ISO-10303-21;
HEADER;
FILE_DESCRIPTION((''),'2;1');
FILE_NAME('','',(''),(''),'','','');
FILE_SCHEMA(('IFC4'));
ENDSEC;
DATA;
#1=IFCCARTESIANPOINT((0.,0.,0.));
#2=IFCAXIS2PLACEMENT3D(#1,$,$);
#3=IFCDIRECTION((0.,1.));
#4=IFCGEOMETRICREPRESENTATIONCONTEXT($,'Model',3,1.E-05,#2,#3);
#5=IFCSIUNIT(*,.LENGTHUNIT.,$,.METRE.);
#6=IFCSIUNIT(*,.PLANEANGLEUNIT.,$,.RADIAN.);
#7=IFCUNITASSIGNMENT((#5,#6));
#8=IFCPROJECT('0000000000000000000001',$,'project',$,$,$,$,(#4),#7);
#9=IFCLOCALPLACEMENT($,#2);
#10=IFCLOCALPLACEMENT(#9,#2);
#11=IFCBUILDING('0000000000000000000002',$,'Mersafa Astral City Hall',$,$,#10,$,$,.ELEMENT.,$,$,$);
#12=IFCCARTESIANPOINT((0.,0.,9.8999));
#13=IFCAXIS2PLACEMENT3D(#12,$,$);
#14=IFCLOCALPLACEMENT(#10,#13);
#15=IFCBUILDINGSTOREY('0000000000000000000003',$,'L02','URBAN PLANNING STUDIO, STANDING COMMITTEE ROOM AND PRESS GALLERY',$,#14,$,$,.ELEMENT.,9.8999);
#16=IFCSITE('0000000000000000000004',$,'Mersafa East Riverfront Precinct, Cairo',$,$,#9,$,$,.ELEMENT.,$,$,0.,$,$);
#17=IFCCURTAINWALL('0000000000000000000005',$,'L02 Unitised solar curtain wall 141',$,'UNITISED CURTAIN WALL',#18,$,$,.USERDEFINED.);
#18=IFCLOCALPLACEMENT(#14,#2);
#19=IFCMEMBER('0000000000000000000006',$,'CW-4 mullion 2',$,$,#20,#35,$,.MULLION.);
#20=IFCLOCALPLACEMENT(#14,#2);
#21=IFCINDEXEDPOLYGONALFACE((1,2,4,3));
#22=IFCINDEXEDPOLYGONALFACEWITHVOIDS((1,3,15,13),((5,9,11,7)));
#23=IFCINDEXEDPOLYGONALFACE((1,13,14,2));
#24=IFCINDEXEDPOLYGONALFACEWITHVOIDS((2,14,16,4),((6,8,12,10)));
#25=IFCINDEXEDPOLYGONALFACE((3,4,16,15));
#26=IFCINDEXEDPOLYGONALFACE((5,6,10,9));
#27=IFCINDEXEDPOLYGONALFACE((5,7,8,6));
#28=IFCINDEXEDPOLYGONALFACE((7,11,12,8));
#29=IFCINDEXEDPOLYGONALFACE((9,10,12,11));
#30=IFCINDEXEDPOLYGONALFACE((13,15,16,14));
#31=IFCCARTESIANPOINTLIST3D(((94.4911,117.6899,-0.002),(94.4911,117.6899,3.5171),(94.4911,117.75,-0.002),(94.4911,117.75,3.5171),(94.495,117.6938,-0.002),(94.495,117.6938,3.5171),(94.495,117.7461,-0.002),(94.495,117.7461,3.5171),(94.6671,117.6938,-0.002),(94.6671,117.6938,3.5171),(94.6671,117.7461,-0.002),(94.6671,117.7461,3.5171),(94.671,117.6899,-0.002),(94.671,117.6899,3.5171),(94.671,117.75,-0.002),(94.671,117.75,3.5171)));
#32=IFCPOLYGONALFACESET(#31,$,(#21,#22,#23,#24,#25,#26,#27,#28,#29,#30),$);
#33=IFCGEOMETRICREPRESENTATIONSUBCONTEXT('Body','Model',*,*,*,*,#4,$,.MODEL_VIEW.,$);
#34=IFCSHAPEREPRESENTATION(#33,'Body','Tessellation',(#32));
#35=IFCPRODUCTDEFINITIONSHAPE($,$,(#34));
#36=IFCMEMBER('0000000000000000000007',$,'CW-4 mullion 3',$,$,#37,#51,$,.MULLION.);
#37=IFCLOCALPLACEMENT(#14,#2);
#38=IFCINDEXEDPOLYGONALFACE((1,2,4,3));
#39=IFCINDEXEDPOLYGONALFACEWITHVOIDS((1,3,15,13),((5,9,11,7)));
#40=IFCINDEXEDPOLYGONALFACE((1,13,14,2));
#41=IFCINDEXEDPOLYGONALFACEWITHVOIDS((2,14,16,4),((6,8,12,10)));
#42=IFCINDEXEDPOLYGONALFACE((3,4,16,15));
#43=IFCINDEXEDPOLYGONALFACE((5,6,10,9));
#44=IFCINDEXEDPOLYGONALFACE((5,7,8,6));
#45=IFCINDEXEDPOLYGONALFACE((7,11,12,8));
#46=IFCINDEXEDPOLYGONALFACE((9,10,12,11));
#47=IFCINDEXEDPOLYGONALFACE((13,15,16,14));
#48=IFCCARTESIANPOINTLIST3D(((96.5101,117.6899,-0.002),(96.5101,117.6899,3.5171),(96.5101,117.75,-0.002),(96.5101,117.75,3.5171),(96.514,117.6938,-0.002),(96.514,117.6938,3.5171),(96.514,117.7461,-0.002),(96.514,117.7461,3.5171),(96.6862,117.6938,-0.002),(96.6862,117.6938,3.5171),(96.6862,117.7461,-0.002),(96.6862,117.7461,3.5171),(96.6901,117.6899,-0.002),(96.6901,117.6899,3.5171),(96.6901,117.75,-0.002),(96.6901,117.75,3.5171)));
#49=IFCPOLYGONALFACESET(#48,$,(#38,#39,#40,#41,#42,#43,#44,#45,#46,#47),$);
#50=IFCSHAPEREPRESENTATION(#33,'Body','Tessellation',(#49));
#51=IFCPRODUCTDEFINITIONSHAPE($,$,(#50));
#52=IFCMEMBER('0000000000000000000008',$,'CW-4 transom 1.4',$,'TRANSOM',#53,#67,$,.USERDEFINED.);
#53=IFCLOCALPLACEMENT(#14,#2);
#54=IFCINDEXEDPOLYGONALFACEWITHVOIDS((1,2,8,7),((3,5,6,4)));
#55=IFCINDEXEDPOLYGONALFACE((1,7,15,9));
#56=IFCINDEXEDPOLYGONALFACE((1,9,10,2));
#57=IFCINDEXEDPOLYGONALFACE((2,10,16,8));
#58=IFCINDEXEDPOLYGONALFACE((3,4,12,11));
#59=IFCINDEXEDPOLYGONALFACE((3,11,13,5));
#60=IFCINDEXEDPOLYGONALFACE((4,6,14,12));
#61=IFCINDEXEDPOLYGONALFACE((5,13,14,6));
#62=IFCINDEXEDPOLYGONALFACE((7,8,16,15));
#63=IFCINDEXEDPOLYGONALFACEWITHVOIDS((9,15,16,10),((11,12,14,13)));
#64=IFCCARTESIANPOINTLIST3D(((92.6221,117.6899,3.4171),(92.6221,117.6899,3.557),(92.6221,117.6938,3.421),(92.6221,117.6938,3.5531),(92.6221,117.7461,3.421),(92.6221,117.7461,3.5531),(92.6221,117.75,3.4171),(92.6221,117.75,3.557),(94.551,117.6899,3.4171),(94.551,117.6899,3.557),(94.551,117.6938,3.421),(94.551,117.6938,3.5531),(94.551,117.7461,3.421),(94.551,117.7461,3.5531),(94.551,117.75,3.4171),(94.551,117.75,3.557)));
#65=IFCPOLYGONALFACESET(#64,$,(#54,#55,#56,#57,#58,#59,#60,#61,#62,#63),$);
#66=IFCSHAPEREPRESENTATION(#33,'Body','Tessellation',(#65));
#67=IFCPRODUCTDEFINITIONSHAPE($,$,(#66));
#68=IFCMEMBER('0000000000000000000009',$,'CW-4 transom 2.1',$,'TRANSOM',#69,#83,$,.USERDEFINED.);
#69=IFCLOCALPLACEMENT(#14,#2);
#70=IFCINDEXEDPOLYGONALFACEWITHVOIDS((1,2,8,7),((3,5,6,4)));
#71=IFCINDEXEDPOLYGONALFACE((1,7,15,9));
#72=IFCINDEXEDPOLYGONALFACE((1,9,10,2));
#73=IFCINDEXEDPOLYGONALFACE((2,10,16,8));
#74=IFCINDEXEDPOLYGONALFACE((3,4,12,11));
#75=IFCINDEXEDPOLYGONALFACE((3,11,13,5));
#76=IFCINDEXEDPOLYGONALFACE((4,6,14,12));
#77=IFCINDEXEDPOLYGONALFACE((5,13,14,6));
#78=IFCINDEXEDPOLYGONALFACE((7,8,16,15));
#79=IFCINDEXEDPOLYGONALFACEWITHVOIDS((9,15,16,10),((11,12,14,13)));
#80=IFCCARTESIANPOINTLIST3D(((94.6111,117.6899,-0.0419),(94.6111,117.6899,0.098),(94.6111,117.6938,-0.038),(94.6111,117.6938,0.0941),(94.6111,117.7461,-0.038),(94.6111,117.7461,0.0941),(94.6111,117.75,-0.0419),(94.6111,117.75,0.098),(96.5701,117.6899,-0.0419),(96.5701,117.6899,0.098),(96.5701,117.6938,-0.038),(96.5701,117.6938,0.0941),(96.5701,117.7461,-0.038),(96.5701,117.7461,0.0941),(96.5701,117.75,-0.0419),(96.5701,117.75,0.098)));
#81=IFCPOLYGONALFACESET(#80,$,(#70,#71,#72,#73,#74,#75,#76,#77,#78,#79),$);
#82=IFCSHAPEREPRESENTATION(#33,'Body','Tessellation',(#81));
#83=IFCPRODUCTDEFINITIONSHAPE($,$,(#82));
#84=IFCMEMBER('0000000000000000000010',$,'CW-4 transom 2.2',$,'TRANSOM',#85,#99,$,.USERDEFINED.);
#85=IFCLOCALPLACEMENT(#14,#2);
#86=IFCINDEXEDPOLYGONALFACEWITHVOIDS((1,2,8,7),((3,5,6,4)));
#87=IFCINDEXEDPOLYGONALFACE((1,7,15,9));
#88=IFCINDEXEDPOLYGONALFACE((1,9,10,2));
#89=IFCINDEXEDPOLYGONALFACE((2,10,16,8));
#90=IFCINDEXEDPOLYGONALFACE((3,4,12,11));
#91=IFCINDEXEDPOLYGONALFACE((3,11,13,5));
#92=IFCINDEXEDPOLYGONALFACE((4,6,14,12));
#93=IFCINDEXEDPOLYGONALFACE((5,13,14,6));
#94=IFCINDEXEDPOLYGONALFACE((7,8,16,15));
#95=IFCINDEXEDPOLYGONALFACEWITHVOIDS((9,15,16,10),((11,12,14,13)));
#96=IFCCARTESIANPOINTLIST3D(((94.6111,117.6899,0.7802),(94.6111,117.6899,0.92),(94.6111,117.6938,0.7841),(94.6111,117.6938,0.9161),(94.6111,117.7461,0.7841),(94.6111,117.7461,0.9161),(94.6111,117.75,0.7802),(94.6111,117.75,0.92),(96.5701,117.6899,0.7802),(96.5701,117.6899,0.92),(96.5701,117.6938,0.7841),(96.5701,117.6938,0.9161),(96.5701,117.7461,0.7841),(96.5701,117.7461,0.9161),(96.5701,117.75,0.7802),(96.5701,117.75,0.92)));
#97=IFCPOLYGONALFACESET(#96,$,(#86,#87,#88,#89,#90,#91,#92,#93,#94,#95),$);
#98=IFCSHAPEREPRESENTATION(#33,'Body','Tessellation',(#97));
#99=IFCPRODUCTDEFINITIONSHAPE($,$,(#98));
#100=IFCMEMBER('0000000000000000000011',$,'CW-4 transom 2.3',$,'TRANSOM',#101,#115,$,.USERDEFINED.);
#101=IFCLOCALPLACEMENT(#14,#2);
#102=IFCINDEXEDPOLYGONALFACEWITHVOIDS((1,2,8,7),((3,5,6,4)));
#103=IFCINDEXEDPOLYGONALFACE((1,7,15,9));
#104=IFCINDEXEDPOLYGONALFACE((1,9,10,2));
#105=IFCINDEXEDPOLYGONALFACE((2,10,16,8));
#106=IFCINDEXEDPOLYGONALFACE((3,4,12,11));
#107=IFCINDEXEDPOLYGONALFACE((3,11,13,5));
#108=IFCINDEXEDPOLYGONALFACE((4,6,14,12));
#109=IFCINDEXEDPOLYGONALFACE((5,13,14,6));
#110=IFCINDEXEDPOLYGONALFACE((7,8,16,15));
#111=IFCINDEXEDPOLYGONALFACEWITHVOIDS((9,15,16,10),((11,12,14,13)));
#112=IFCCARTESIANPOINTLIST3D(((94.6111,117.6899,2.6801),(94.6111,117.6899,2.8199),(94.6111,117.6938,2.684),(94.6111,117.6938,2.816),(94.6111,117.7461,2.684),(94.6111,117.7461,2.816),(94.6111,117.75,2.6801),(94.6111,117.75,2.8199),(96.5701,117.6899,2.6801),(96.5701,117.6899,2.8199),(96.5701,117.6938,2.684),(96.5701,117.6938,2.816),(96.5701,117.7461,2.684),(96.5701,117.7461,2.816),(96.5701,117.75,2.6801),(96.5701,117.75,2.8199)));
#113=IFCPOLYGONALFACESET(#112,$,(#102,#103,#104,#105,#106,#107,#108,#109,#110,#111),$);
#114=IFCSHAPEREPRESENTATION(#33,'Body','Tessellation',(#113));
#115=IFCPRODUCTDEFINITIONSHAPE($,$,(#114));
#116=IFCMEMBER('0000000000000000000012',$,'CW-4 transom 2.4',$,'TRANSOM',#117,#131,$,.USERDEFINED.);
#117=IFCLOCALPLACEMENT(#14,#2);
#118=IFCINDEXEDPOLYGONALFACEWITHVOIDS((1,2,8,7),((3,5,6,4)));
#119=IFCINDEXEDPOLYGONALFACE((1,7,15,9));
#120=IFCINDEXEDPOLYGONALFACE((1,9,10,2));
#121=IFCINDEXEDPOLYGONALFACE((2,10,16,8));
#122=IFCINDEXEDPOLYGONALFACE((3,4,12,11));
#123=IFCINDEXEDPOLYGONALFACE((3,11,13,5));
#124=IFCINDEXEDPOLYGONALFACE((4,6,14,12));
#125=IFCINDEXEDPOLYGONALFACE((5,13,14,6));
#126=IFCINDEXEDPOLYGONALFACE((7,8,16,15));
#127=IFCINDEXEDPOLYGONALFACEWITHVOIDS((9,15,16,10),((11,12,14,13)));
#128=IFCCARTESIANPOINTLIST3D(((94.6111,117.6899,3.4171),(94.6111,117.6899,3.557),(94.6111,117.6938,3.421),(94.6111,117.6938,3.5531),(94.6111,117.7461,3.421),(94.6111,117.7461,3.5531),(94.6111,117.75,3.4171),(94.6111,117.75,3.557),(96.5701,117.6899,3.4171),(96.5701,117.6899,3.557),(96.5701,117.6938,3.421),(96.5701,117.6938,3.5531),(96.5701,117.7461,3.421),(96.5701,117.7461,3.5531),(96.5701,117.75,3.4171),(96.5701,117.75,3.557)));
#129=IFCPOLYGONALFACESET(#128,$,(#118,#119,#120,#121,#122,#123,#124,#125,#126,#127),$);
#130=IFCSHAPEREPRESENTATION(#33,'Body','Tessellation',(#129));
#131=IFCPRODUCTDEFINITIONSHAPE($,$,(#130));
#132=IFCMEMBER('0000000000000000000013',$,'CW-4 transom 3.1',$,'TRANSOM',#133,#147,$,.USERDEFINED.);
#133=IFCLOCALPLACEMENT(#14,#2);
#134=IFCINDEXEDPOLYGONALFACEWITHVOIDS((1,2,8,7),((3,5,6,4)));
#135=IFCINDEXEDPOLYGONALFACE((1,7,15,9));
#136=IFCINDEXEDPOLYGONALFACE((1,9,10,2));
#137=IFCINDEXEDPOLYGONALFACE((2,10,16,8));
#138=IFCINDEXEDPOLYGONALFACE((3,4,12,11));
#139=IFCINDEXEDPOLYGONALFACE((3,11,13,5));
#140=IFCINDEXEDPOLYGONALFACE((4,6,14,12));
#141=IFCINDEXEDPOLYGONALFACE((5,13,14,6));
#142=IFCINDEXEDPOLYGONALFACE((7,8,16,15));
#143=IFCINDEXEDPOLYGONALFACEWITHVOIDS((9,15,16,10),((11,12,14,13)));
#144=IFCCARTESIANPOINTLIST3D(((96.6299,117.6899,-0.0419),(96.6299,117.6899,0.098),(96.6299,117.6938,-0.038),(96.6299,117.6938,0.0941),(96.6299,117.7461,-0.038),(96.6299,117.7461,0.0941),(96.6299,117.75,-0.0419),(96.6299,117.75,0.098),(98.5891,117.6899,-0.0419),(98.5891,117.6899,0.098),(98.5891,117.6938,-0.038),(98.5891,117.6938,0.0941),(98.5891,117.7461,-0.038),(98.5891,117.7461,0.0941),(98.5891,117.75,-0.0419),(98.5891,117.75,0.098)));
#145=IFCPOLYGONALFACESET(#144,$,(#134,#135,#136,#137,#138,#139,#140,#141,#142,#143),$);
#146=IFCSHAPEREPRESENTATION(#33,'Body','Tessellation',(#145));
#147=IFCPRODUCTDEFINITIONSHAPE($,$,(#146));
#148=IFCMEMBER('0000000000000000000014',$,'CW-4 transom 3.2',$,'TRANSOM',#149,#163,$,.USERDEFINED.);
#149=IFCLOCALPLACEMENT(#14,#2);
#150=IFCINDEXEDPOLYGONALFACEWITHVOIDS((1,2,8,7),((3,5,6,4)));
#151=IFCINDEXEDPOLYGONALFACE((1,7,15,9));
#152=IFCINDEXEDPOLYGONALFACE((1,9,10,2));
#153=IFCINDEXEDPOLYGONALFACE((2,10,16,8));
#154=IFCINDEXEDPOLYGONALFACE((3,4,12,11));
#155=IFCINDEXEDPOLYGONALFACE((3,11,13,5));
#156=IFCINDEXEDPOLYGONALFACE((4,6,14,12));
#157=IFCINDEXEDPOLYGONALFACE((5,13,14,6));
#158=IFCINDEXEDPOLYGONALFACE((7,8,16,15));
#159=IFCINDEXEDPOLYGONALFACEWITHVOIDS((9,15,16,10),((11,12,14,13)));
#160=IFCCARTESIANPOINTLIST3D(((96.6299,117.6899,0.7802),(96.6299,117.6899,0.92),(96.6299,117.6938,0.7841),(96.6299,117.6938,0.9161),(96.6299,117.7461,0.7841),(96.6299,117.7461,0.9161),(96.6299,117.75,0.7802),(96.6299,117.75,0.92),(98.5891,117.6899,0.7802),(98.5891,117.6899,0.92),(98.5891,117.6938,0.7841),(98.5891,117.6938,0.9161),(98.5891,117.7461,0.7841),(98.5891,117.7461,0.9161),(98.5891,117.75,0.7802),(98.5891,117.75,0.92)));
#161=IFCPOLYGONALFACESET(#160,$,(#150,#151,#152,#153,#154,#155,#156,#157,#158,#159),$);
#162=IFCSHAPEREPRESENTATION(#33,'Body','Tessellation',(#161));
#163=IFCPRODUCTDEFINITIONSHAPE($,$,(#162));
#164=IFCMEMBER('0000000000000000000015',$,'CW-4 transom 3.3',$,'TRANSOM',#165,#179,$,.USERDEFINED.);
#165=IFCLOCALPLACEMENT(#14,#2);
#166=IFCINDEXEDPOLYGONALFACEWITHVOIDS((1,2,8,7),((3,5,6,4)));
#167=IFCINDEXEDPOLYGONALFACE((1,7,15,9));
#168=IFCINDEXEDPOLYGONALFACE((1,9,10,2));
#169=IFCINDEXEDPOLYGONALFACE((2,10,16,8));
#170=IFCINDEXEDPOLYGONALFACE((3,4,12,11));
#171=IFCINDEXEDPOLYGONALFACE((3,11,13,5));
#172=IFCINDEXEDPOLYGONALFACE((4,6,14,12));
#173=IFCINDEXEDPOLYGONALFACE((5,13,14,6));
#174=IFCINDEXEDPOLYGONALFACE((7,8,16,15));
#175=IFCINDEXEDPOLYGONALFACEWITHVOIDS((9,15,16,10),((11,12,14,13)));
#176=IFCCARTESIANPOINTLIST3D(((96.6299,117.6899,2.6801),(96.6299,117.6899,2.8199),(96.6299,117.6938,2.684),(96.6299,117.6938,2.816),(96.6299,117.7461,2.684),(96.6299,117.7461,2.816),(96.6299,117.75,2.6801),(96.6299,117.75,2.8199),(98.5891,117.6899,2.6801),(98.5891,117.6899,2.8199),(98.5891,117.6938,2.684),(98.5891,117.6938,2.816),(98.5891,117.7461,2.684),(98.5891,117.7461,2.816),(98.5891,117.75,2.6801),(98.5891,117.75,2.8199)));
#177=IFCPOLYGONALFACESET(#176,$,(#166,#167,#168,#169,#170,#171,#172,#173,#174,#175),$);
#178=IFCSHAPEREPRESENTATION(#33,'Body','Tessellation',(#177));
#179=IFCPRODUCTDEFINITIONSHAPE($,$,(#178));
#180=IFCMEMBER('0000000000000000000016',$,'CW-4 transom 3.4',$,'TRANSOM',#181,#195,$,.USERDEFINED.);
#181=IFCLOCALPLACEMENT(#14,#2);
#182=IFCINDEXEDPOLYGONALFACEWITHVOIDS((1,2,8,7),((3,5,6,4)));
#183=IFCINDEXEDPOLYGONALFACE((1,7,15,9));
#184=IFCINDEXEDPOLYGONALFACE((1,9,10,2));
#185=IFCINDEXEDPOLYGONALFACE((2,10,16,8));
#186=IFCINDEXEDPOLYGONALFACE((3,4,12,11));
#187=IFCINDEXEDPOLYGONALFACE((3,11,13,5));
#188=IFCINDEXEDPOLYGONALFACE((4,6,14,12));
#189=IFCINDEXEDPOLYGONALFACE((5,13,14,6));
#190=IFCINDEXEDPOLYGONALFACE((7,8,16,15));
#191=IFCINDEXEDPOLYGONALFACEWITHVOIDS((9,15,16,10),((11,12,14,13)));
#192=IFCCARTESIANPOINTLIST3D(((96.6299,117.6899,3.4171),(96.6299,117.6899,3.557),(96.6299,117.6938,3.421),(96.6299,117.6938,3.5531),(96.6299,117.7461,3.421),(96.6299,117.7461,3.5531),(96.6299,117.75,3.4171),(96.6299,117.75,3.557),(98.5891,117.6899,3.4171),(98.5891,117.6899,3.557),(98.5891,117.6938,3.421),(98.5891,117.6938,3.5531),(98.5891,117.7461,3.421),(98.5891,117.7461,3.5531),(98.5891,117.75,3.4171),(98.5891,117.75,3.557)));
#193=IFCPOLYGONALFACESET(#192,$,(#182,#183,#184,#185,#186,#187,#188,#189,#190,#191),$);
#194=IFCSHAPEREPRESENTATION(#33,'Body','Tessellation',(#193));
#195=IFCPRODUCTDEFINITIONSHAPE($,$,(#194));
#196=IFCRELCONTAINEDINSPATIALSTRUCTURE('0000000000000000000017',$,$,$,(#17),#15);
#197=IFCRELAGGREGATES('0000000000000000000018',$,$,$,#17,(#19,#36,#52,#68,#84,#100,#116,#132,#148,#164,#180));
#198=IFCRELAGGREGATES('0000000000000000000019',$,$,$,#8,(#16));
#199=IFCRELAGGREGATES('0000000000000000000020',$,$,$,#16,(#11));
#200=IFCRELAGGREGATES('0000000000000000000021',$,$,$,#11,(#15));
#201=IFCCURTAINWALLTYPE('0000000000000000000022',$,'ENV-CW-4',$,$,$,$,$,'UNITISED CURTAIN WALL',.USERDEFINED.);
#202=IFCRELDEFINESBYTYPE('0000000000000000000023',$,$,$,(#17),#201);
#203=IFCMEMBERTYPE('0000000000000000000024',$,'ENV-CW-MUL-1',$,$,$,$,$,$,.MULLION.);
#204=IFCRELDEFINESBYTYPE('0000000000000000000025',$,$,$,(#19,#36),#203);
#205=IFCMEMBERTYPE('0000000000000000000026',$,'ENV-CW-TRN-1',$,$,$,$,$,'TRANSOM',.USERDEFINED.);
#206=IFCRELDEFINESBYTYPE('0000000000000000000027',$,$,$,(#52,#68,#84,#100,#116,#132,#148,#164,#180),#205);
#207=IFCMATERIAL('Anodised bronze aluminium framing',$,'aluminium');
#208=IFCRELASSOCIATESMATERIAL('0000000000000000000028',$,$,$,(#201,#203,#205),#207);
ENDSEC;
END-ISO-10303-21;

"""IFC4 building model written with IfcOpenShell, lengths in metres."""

from ifc_helpers import new_model, si_unit, direction, frame, origin, origin_2d, place, context, subcontext, project, spatial, hollow_rectangle, extrude, material, material_profile, profile_set, type_object, element, aggregate, save


model = new_model("IFC4")

# Units and contexts
model_context = context("Model", 3, precision=1e-05, world=origin(), true_north=direction((0.0, 1.0)))
body_context = subcontext(model_context, "Body", "Model", "MODEL_VIEW")
ifc_project = project(units=[si_unit("LENGTHUNIT", "METRE"), si_unit("PLANEANGLEUNIT", "RADIAN")], contexts=[model_context])

# Site, building, storey
site_placement = place(None, origin())
site = spatial("IfcSite", under=ifc_project, at=site_placement, Name="Mersafa East Riverfront Precinct, Cairo", CompositionType="ELEMENT", RefElevation=0.0)
building_placement = place(site_placement, origin())
building = spatial("IfcBuilding", under=site, at=building_placement, Name="Mersafa Astral City Hall", CompositionType="ELEMENT")
storey_placement = place(building_placement, frame((0.0, 0.0, 9.8999)))
storey = spatial("IfcBuildingStorey", under=building, at=storey_placement, Name="L02", Description="URBAN PLANNING STUDIO, STANDING COMMITTEE ROOM AND PRESS GALLERY", CompositionType="ELEMENT", Elevation=9.8999)

# Curtain wall, members
ifc_material_1 = material(Name="Anodised bronze aluminium framing", Category="aluminium")
curtain_wall_type = type_object("IfcCurtainWallType", Name="ENV-CW-4", ElementType="UNITISED CURTAIN WALL", PredefinedType="USERDEFINED", material=ifc_material_1)
curtain_wall_placement = place(storey_placement, origin())
curtain_wall = element("IfcCurtainWall", 1, at=curtain_wall_placement, inside=storey, type_object=curtain_wall_type, Name="L02 Unitised solar curtain wall 141", ObjectType="UNITISED CURTAIN WALL", PredefinedType="USERDEFINED")
ifc_material_profile_1 = material_profile(ifc_material_1, hollow_rectangle(XDim=0.0601, YDim=0.1799, WallThickness=0.0039, at=origin_2d()), Name="RHS 60x180x4")
ifc_profile_set_1 = profile_set([ifc_material_profile_1], Name="Anodised bronze aluminium framing")
member_type_1 = type_object("IfcMemberType", Name="ENV-CW-MUL-1", PredefinedType="MULLION", material=ifc_profile_set_1)
member_1_placement = place(storey_placement, frame((94.5811, 117.72, -0.002), z_axis=(0.0, 0.0, 1.0), x_axis=(0.0, 1.0, 0.0)))
member_1 = element("IfcMember", 2, at=member_1_placement, type_object=member_type_1, Name="CW-4 mullion 2", PredefinedType="MULLION", context=body_context, shape_type="SweptSolid", body=[
    extrude(hollow_rectangle(XDim=0.0601, YDim=0.1799, WallThickness=0.0039, at=origin_2d()), origin(), (0.0, 0.0, 1.0), 3.519),
])
member_2_placement = place(storey_placement, frame((96.6001, 117.72, -0.002), z_axis=(0.0, 0.0, 1.0), x_axis=(0.0, 1.0, 0.0)))
member_2 = element("IfcMember", 3, at=member_2_placement, type_object=member_type_1, Name="CW-4 mullion 3", PredefinedType="MULLION", context=body_context, shape_type="SweptSolid", body=[
    extrude(hollow_rectangle(XDim=0.0601, YDim=0.1799, WallThickness=0.0039, at=origin_2d()), origin(), (0.0, 0.0, 1.0), 3.519),
])
ifc_material_profile_2 = material_profile(ifc_material_1, hollow_rectangle(XDim=0.0601, YDim=0.1399, WallThickness=0.0039, at=origin_2d()), Name="RHS 60x140x4")
ifc_profile_set_2 = profile_set([ifc_material_profile_2], Name="Anodised bronze aluminium framing")
member_type_2 = type_object("IfcMemberType", Name="ENV-CW-TRN-1", ElementType="TRANSOM", PredefinedType="USERDEFINED", material=ifc_profile_set_2)
member_3_placement = place(storey_placement, frame((92.6221, 117.72, 3.4871), z_axis=(1.0, 0.0, 0.0), x_axis=(0.0, 1.0, 0.0)))
member_3 = element("IfcMember", 4, at=member_3_placement, type_object=member_type_2, Name="CW-4 transom 1.4", ObjectType="TRANSOM", PredefinedType="USERDEFINED", context=body_context, shape_type="SweptSolid", body=[
    extrude(hollow_rectangle(XDim=0.0601, YDim=0.1399, WallThickness=0.0039, at=origin_2d()), origin(), (0.0, 0.0, 1.0), 1.929),
])
member_4_placement = place(storey_placement, frame((94.6111, 117.72, 0.0281), z_axis=(1.0, 0.0, 0.0), x_axis=(0.0, 1.0, 0.0)))
member_4 = element("IfcMember", 5, at=member_4_placement, type_object=member_type_2, Name="CW-4 transom 2.1", ObjectType="TRANSOM", PredefinedType="USERDEFINED", context=body_context, shape_type="SweptSolid", body=[
    extrude(hollow_rectangle(XDim=0.0601, YDim=0.1399, WallThickness=0.0039, at=origin_2d()), origin(), (0.0, 0.0, 1.0), 1.959),
])
member_5_placement = place(storey_placement, frame((94.6111, 117.72, 0.8501), z_axis=(1.0, 0.0, 0.0), x_axis=(0.0, 1.0, 0.0)))
member_5 = element("IfcMember", 6, at=member_5_placement, type_object=member_type_2, Name="CW-4 transom 2.2", ObjectType="TRANSOM", PredefinedType="USERDEFINED", context=body_context, shape_type="SweptSolid", body=[
    extrude(hollow_rectangle(XDim=0.0601, YDim=0.1399, WallThickness=0.0039, at=origin_2d()), origin(), (0.0, 0.0, 1.0), 1.959),
])
member_6_placement = place(storey_placement, frame((94.6111, 117.72, 2.75), z_axis=(1.0, 0.0, 0.0), x_axis=(0.0, 1.0, 0.0)))
member_6 = element("IfcMember", 7, at=member_6_placement, type_object=member_type_2, Name="CW-4 transom 2.3", ObjectType="TRANSOM", PredefinedType="USERDEFINED", context=body_context, shape_type="SweptSolid", body=[
    extrude(hollow_rectangle(XDim=0.0601, YDim=0.1399, WallThickness=0.0039, at=origin_2d()), origin(), (0.0, 0.0, 1.0), 1.959),
])
member_7_placement = place(storey_placement, frame((94.6111, 117.72, 3.4871), z_axis=(1.0, 0.0, 0.0), x_axis=(0.0, 1.0, 0.0)))
member_7 = element("IfcMember", 8, at=member_7_placement, type_object=member_type_2, Name="CW-4 transom 2.4", ObjectType="TRANSOM", PredefinedType="USERDEFINED", context=body_context, shape_type="SweptSolid", body=[
    extrude(hollow_rectangle(XDim=0.0601, YDim=0.1399, WallThickness=0.0039, at=origin_2d()), origin(), (0.0, 0.0, 1.0), 1.959),
])
member_8_placement = place(storey_placement, frame((96.6299, 117.72, 0.0281), z_axis=(1.0, 0.0, 0.0), x_axis=(0.0, 1.0, 0.0)))
member_8 = element("IfcMember", 9, at=member_8_placement, type_object=member_type_2, Name="CW-4 transom 3.1", ObjectType="TRANSOM", PredefinedType="USERDEFINED", context=body_context, shape_type="SweptSolid", body=[
    extrude(hollow_rectangle(XDim=0.0601, YDim=0.1399, WallThickness=0.0039, at=origin_2d()), origin(), (0.0, 0.0, 1.0), 1.9592),
])
member_9_placement = place(storey_placement, frame((96.6299, 117.72, 0.8501), z_axis=(1.0, 0.0, 0.0), x_axis=(0.0, 1.0, 0.0)))
member_9 = element("IfcMember", 10, at=member_9_placement, type_object=member_type_2, Name="CW-4 transom 3.2", ObjectType="TRANSOM", PredefinedType="USERDEFINED", context=body_context, shape_type="SweptSolid", body=[
    extrude(hollow_rectangle(XDim=0.0601, YDim=0.1399, WallThickness=0.0039, at=origin_2d()), origin(), (0.0, 0.0, 1.0), 1.9592),
])
member_10_placement = place(storey_placement, frame((96.6299, 117.72, 2.75), z_axis=(1.0, 0.0, 0.0), x_axis=(0.0, 1.0, 0.0)))
member_10 = element("IfcMember", 11, at=member_10_placement, type_object=member_type_2, Name="CW-4 transom 3.3", ObjectType="TRANSOM", PredefinedType="USERDEFINED", context=body_context, shape_type="SweptSolid", body=[
    extrude(hollow_rectangle(XDim=0.0601, YDim=0.1399, WallThickness=0.0039, at=origin_2d()), origin(), (0.0, 0.0, 1.0), 1.9592),
])
member_11_placement = place(storey_placement, frame((96.6299, 117.72, 3.4871), z_axis=(1.0, 0.0, 0.0), x_axis=(0.0, 1.0, 0.0)))
member_11 = element("IfcMember", 12, at=member_11_placement, type_object=member_type_2, Name="CW-4 transom 3.4", ObjectType="TRANSOM", PredefinedType="USERDEFINED", context=body_context, shape_type="SweptSolid", body=[
    extrude(hollow_rectangle(XDim=0.0601, YDim=0.1399, WallThickness=0.0039, at=origin_2d()), origin(), (0.0, 0.0, 1.0), 1.9592),
])

aggregate(curtain_wall, [member_1, member_2, member_3, member_4, member_5, member_6, member_7, member_8, member_9, member_10, member_11])

save(model, "model.ifc")
